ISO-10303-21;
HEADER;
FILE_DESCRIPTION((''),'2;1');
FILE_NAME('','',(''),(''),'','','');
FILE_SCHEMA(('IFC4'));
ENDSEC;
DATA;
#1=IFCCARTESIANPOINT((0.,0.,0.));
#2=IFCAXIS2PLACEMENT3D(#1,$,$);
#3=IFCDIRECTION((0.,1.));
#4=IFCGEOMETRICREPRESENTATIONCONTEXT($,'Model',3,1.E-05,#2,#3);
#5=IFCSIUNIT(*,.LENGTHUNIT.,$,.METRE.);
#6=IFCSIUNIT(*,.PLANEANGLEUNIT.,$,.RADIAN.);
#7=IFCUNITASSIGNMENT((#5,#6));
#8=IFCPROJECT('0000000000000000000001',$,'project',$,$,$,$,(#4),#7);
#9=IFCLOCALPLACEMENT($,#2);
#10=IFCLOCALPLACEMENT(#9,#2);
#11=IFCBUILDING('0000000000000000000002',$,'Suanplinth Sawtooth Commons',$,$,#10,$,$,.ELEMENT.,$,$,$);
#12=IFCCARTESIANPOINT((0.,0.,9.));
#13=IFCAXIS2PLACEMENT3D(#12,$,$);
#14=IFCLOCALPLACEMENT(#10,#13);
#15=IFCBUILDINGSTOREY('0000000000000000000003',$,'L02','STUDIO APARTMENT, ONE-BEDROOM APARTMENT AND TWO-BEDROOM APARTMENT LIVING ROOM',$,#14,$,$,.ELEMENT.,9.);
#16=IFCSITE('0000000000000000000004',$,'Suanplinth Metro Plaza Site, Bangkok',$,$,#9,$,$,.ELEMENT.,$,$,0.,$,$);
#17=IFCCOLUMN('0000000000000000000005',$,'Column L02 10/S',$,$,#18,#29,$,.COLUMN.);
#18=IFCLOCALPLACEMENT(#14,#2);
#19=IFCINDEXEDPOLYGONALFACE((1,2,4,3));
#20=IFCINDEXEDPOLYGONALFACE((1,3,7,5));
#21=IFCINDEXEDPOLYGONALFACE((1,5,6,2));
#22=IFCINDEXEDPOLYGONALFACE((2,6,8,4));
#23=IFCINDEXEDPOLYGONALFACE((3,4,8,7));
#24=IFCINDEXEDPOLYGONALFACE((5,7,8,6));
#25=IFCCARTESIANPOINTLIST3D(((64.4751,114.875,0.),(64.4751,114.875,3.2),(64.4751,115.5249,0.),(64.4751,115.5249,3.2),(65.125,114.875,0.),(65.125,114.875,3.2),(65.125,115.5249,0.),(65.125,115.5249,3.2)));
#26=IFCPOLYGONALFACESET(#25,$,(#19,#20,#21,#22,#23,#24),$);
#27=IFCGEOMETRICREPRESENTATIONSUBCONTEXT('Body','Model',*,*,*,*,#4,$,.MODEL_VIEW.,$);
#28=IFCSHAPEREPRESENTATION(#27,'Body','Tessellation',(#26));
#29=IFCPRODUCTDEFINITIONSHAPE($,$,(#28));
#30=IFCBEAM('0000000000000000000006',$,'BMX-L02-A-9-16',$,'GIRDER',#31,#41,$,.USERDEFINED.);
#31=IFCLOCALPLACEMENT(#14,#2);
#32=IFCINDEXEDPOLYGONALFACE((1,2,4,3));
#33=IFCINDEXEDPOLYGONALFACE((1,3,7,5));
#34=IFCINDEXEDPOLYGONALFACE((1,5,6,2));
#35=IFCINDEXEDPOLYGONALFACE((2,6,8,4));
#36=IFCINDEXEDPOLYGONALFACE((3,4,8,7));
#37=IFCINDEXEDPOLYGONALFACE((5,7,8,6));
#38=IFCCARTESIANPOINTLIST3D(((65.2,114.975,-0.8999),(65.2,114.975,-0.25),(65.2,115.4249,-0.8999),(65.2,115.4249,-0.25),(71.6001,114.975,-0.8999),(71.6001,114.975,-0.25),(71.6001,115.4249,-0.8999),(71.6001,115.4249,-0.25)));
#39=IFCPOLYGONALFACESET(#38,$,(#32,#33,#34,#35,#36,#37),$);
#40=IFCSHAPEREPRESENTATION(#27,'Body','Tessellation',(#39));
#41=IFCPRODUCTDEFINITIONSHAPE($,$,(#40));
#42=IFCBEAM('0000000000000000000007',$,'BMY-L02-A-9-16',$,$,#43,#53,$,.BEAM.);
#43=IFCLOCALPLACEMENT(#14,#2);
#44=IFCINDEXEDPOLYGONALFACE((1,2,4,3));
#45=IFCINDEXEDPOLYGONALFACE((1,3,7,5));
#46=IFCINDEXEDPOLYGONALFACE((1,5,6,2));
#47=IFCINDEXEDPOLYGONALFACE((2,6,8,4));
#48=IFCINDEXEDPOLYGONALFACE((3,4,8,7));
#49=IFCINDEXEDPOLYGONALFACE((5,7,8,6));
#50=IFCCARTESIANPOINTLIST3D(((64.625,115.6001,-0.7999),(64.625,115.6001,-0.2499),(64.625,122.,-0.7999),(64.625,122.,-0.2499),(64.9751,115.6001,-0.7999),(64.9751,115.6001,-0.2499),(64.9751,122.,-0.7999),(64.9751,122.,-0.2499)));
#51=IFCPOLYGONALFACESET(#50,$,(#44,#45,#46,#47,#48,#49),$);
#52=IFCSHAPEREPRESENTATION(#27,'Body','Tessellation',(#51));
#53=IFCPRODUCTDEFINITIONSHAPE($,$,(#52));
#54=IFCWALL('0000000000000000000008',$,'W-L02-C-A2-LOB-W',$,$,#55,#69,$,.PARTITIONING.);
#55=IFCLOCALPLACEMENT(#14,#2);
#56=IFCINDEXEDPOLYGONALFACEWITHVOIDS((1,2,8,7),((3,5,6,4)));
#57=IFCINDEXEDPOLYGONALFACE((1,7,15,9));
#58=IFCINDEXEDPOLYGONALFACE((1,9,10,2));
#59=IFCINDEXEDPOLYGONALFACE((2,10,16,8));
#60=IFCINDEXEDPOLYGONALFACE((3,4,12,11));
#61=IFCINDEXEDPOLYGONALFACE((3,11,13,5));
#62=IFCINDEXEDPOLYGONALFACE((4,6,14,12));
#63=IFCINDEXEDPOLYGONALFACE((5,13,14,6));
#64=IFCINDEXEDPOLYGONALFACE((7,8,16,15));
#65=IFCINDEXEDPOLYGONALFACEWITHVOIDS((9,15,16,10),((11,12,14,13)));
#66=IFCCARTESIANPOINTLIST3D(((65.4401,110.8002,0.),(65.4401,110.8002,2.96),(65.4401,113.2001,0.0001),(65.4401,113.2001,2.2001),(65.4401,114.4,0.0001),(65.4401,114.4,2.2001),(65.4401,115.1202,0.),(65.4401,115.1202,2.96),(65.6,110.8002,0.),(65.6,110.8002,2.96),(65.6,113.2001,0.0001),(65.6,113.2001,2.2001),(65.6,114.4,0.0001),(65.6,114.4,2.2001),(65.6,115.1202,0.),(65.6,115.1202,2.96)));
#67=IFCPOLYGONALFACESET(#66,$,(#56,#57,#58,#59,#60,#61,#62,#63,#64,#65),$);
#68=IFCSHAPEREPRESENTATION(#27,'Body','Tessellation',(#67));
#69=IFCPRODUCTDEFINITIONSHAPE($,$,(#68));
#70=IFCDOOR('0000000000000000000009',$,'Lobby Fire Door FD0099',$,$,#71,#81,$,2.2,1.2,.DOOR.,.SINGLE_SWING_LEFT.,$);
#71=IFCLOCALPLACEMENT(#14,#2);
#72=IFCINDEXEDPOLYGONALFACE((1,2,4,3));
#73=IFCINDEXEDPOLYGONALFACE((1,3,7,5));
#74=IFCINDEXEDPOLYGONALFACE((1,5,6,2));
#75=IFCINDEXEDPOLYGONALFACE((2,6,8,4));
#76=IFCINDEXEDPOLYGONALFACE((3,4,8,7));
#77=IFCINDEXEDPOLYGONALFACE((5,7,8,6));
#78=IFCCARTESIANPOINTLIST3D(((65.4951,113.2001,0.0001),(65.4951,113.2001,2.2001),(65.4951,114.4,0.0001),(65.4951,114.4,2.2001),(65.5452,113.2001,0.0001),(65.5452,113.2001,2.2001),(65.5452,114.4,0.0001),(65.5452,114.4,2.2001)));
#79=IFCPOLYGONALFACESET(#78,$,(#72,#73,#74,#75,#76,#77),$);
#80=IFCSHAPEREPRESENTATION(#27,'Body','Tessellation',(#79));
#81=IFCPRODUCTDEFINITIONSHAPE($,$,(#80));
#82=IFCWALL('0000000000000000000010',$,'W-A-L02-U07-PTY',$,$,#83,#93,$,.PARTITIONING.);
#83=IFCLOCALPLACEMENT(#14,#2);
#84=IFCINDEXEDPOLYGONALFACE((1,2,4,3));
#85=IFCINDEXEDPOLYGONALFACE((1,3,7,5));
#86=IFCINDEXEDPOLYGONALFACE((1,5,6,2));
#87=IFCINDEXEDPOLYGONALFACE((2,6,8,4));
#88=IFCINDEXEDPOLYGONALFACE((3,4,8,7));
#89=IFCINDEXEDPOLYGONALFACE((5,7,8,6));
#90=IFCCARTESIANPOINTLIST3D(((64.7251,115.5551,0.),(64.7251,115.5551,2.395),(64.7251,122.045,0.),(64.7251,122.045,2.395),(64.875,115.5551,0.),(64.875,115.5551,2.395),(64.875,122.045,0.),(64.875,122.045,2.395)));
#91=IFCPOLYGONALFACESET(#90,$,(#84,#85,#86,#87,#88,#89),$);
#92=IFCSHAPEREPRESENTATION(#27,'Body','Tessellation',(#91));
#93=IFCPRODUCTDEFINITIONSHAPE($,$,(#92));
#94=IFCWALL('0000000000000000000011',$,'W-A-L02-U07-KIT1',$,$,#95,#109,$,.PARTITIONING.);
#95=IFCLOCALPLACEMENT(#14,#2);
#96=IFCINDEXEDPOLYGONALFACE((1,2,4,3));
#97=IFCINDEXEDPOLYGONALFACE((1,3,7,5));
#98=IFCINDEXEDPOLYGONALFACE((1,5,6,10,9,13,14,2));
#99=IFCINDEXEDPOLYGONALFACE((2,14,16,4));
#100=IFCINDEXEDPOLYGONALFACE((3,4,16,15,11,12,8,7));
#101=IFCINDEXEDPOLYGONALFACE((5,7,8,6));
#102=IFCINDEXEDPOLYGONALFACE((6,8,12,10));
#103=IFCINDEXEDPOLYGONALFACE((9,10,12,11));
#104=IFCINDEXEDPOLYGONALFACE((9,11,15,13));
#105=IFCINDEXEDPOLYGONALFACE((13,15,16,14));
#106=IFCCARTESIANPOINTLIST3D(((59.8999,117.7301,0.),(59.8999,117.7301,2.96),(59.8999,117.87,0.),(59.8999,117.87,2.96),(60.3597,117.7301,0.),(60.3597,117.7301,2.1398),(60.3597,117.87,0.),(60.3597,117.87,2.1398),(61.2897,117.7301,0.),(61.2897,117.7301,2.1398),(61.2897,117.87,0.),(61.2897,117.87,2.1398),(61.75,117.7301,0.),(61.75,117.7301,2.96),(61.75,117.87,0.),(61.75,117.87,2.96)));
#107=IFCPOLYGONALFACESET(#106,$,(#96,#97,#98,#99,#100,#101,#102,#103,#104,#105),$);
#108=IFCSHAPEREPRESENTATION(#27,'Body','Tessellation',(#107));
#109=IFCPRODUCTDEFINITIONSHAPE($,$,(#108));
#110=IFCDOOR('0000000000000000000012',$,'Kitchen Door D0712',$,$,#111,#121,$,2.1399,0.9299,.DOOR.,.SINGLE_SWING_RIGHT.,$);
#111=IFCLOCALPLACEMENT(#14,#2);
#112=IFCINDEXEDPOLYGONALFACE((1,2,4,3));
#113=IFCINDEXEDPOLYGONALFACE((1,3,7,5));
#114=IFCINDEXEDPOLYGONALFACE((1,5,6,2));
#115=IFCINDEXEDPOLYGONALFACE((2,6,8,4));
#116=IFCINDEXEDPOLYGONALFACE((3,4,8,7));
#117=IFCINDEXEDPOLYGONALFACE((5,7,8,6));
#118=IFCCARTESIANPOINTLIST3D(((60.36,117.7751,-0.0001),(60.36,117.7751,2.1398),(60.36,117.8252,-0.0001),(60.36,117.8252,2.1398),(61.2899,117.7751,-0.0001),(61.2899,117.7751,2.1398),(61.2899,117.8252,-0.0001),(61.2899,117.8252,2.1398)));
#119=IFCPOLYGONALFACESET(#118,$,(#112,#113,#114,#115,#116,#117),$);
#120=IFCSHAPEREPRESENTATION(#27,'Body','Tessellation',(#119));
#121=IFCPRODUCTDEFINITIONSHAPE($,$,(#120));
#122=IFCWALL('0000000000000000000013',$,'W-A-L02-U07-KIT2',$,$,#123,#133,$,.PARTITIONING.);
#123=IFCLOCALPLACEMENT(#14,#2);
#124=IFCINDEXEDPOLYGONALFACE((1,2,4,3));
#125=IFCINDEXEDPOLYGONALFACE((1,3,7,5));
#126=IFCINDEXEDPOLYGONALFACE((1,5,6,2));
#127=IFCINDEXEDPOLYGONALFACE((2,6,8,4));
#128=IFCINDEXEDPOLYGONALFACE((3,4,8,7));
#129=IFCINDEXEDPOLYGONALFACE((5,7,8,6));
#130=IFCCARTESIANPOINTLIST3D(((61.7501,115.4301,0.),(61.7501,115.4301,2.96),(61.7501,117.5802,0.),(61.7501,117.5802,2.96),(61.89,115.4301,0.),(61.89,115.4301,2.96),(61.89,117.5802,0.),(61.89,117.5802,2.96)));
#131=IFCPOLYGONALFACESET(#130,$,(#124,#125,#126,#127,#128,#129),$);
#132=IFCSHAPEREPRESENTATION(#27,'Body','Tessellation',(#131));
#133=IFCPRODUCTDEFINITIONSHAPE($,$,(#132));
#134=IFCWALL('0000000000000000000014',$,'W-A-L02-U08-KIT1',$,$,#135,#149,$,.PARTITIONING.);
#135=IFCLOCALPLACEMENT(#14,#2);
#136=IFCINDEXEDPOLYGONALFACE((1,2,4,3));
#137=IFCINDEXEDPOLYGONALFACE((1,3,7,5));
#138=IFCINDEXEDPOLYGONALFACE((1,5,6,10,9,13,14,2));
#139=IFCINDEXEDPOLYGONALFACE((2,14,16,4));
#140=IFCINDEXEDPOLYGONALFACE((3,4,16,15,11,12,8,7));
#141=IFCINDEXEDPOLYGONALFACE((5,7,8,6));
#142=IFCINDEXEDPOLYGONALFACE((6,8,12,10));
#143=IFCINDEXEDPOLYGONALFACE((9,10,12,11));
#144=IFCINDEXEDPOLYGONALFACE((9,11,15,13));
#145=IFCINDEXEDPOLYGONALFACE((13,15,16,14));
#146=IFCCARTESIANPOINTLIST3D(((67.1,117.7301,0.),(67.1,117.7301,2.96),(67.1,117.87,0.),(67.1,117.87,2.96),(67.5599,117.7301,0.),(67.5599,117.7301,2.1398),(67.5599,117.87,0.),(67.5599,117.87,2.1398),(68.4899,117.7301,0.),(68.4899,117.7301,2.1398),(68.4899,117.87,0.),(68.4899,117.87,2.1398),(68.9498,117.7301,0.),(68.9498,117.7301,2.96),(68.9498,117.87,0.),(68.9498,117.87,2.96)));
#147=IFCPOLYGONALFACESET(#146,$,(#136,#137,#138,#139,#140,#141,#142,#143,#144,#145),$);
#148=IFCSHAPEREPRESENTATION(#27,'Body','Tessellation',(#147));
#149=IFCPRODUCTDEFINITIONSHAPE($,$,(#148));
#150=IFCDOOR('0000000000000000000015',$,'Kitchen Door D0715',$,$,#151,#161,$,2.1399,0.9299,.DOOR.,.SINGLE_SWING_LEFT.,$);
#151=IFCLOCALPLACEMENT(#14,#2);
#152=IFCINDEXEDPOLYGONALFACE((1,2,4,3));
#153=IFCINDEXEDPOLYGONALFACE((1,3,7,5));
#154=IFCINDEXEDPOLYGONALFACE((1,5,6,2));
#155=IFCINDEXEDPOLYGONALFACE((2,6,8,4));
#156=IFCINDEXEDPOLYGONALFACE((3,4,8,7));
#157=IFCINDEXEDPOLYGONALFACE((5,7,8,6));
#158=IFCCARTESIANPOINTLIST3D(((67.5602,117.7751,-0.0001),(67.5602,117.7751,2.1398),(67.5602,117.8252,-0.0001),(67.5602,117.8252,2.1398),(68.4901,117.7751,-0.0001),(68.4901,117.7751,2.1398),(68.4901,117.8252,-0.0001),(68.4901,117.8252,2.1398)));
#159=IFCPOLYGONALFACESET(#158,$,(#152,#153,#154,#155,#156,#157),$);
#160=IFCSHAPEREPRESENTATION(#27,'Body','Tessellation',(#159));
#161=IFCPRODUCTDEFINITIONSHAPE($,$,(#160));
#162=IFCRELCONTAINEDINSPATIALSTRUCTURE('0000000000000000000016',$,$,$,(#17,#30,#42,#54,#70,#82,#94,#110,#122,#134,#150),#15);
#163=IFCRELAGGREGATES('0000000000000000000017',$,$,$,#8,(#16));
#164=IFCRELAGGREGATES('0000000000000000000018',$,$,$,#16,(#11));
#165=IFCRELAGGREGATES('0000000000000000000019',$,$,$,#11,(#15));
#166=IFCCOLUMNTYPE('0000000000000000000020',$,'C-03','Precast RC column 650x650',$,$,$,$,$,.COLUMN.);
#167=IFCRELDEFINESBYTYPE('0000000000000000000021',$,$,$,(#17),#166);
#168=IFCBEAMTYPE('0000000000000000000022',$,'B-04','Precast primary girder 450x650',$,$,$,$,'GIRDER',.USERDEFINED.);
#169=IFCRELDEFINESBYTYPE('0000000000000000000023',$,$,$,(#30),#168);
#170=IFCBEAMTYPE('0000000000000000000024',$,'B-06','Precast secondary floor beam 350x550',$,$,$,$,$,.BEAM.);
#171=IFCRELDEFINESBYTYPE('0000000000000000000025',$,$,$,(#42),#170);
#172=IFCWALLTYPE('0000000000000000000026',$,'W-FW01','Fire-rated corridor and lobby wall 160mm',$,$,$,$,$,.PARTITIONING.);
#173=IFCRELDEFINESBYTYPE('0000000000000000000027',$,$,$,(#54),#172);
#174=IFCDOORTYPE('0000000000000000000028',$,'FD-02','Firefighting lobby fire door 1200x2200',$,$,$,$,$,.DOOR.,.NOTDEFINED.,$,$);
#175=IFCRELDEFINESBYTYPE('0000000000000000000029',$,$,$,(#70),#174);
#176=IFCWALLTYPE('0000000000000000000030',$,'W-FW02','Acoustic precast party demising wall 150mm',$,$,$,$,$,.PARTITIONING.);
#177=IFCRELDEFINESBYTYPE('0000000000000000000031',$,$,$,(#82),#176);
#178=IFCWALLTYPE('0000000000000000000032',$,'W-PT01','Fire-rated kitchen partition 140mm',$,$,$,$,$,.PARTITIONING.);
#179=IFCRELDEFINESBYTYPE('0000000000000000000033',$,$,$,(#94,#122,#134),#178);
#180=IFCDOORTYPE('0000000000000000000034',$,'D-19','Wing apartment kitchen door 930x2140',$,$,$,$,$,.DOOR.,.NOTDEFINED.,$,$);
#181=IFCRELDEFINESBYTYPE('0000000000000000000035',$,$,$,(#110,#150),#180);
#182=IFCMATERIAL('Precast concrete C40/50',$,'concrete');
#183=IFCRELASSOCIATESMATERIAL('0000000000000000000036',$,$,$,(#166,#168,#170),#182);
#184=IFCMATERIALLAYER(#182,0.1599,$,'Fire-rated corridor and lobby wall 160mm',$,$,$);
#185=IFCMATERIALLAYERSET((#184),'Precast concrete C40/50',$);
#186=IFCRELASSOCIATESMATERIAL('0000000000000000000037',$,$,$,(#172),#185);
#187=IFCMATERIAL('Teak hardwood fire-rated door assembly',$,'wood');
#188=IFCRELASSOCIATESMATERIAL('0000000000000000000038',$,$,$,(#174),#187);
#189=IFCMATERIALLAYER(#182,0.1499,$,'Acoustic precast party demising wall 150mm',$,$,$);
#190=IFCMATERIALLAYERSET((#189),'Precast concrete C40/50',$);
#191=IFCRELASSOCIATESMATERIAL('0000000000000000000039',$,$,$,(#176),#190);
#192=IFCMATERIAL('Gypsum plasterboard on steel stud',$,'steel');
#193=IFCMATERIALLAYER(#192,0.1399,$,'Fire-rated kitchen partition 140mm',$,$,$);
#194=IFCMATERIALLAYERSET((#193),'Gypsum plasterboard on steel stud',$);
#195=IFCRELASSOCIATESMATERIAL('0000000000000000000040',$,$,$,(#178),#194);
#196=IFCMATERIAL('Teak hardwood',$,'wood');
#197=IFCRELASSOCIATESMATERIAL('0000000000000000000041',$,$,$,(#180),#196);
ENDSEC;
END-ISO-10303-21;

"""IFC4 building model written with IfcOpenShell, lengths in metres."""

from ifc_helpers import new_model, si_unit, direction, frame, frame_2d, origin, origin_2d, place, context, subcontext, project, spatial, rectangle, extrude, material, layer, layer_set, material_profile, profile_set, type_object, element, fill, save


model = new_model("IFC4")

# Units and contexts
model_context = context("Model", 3, precision=1e-05, world=origin(), true_north=direction((0.0, 1.0)))
body_context = subcontext(model_context, "Body", "Model", "MODEL_VIEW")
ifc_project = project(units=[si_unit("LENGTHUNIT", "METRE"), si_unit("PLANEANGLEUNIT", "RADIAN")], contexts=[model_context])

# Site, building, storey
site_placement = place(None, origin())
site = spatial("IfcSite", under=ifc_project, at=site_placement, Name="Suanplinth Metro Plaza Site, Bangkok", CompositionType="ELEMENT", RefElevation=0.0)
building_placement = place(site_placement, origin())
building = spatial("IfcBuilding", under=site, at=building_placement, Name="Suanplinth Sawtooth Commons", CompositionType="ELEMENT")
storey_placement = place(building_placement, frame((0.0, 0.0, 9.0)))
storey = spatial("IfcBuildingStorey", under=building, at=storey_placement, Name="L02", Description="STUDIO APARTMENT, ONE-BEDROOM APARTMENT AND TWO-BEDROOM APARTMENT LIVING ROOM", CompositionType="ELEMENT", Elevation=9.0)

# Column
ifc_material_1 = material(Name="Precast concrete C40/50", Category="concrete")
ifc_material_profile_1 = material_profile(ifc_material_1, rectangle(XDim=0.6499, YDim=0.6499, at=origin_2d()), Name="PC-COL 650x650")
ifc_profile_set_1 = profile_set([ifc_material_profile_1], Name="Precast concrete C40/50")
column_type = type_object("IfcColumnType", Name="C-03", Description="Precast RC column 650x650", PredefinedType="COLUMN", material=ifc_profile_set_1)
column_placement = place(storey_placement, frame((64.8, 115.2, 0.0), z_axis=(0.0, 0.0, 1.0), x_axis=(1.0, 0.0, 0.0)))
element("IfcColumn", 1, at=column_placement, inside=storey, type_object=column_type, Name="Column L02 10/S", PredefinedType="COLUMN", context=body_context, shape_type="SweptSolid", body=[
    extrude(rectangle(XDim=0.6499, YDim=0.6499, at=origin_2d()), origin(), (0.0, 0.0, 1.0), 3.2),
])

# Beams
ifc_material_profile_2 = material_profile(ifc_material_1, rectangle(XDim=0.45, YDim=0.6499, at=origin_2d()), Name="PC-GDR 450x650")
ifc_profile_set_2 = profile_set([ifc_material_profile_2], Name="Precast concrete C40/50")
beam_type_1 = type_object("IfcBeamType", Name="B-04", Description="Precast primary girder 450x650", ElementType="GIRDER", PredefinedType="USERDEFINED", material=ifc_profile_set_2)
beam_1_placement = place(storey_placement, frame((65.2, 115.2, -0.575), z_axis=(1.0, 0.0, 0.0), x_axis=(0.0, 1.0, 0.0)))
element("IfcBeam", 2, at=beam_1_placement, inside=storey, type_object=beam_type_1, Name="BMX-L02-A-9-16", ObjectType="GIRDER", PredefinedType="USERDEFINED", context=body_context, shape_type="SweptSolid", body=[
    extrude(rectangle(XDim=0.45, YDim=0.6499, at=origin_2d()), origin(), (0.0, 0.0, 1.0), 6.4001),
])
ifc_material_profile_3 = material_profile(ifc_material_1, rectangle(XDim=0.3501, YDim=0.55, at=origin_2d()), Name="PC-BM 350x550")
ifc_profile_set_3 = profile_set([ifc_material_profile_3], Name="Precast concrete C40/50")
beam_type_2 = type_object("IfcBeamType", Name="B-06", Description="Precast secondary floor beam 350x550", PredefinedType="BEAM", material=ifc_profile_set_3)
beam_2_placement = place(storey_placement, frame((64.8, 115.6001, -0.5249), z_axis=(0.0, 1.0, 0.0), x_axis=(-1.0, 0.0, 0.0)))
element("IfcBeam", 3, at=beam_2_placement, inside=storey, type_object=beam_type_2, Name="BMY-L02-A-9-16", PredefinedType="BEAM", context=body_context, shape_type="SweptSolid", body=[
    extrude(rectangle(XDim=0.3501, YDim=0.55, at=origin_2d()), origin(), (0.0, 0.0, 1.0), 6.3999),
])

# Wall, opening, door
ifc_layer_1 = layer(ifc_material_1, 0.1599, Name="Fire-rated corridor and lobby wall 160mm")
ifc_layer_set_1 = layer_set([ifc_layer_1], Name="Precast concrete C40/50")
wall_type_1 = type_object("IfcWallType", Name="W-FW01", Description="Fire-rated corridor and lobby wall 160mm", PredefinedType="PARTITIONING", material=ifc_layer_set_1)
wall_1_placement = place(storey_placement, frame((65.52, 110.8, 0.0), z_axis=(0.0, 0.0, 1.0), x_axis=(0.0, 1.0, 0.0)))
wall_1 = element("IfcWall", 4, at=wall_1_placement, inside=storey, type_object=wall_type_1, Name="W-L02-C-A2-LOB-W", PredefinedType="PARTITIONING", context=body_context, shape_type="SweptSolid", body=[
    extrude(rectangle(XDim=4.3201, YDim=0.1599, at=frame_2d((2.1602, 0.0))), origin(), (0.0, 0.0, 1.0), 2.96),
])
opening_1_placement = place(wall_1_placement, frame((2.3999, 0.0, 0.0)))
opening_1 = element("IfcOpeningElement", 5, at=opening_1_placement, cuts=wall_1, PredefinedType="OPENING", context=body_context, shape_type="SweptSolid", body=[
    extrude(rectangle(XDim=1.2, YDim=2.2, at=frame_2d((0.6001, 1.1001))), frame((0.0, 0.0947, 0.0), z_axis=(0.0, -1.0, 0.0), x_axis=(1.0, 0.0, 0.0)), (0.0, 0.0, 1.0), 0.1897),
])
ifc_material_2 = material(Name="Teak hardwood fire-rated door assembly", Category="wood")
door_type_1 = type_object("IfcDoorType", Name="FD-02", Description="Firefighting lobby fire door 1200x2200", OperationType="NOTDEFINED", PredefinedType="DOOR", material=ifc_material_2)
door_1_placement = place(opening_1_placement, origin())
door_1 = element("IfcDoor", 6, at=door_1_placement, inside=storey, type_object=door_type_1, Name="Lobby Fire Door FD0099", OperationType="SINGLE_SWING_LEFT", OverallHeight=2.2, OverallWidth=1.2, PredefinedType="DOOR", context=body_context, shape_type="SweptSolid", body=[
    extrude(rectangle(XDim=1.2, YDim=2.2, at=frame_2d((0.6001, 1.1001))), frame((0.0, 0.0249, 0.0), z_axis=(0.0, -1.0, 0.0), x_axis=(1.0, 0.0, 0.0)), (0.0, 0.0, 1.0), 0.05),
])
fill(opening_1, door_1)

# Wall
ifc_layer_2 = layer(ifc_material_1, 0.1499, Name="Acoustic precast party demising wall 150mm")
ifc_layer_set_2 = layer_set([ifc_layer_2], Name="Precast concrete C40/50")
wall_type_2 = type_object("IfcWallType", Name="W-FW02", Description="Acoustic precast party demising wall 150mm", PredefinedType="PARTITIONING", material=ifc_layer_set_2)
wall_2_placement = place(storey_placement, frame((64.8, 115.5549, 0.0), z_axis=(0.0, 0.0, 1.0), x_axis=(0.0, 1.0, 0.0)))
element("IfcWall", 7, at=wall_2_placement, inside=storey, type_object=wall_type_2, Name="W-A-L02-U07-PTY", PredefinedType="PARTITIONING", context=body_context, shape_type="SweptSolid", body=[
    extrude(rectangle(XDim=6.49, YDim=0.1499, at=frame_2d((3.2451, 0.0))), origin(), (0.0, 0.0, 1.0), 2.395),
])

# Wall, opening, door
ifc_material_3 = material(Name="Gypsum plasterboard on steel stud", Category="steel")
ifc_layer_3 = layer(ifc_material_3, 0.1399, Name="Fire-rated kitchen partition 140mm")
ifc_layer_set_3 = layer_set([ifc_layer_3], Name="Gypsum plasterboard on steel stud")
wall_type_3 = type_object("IfcWallType", Name="W-PT01", Description="Fire-rated kitchen partition 140mm", PredefinedType="PARTITIONING", material=ifc_layer_set_3)
wall_3_placement = place(storey_placement, frame((59.8999, 117.8, 0.0), z_axis=(0.0, 0.0, 1.0), x_axis=(1.0, 0.0, 0.0)))
wall_3 = element("IfcWall", 8, at=wall_3_placement, inside=storey, type_object=wall_type_3, Name="W-A-L02-U07-KIT1", PredefinedType="PARTITIONING", context=body_context, shape_type="SweptSolid", body=[
    extrude(rectangle(XDim=1.8501, YDim=0.1399, at=frame_2d((0.925, 0.0))), origin(), (0.0, 0.0, 1.0), 2.96),
])
opening_2_placement = place(wall_3_placement, frame((0.46, 0.0, 0.0)))
opening_2 = element("IfcOpeningElement", 9, at=opening_2_placement, cuts=wall_3, PredefinedType="OPENING", context=body_context, shape_type="SweptSolid", body=[
    extrude(rectangle(XDim=0.9299, YDim=2.1399, at=frame_2d((0.4648, 1.0698))), frame((0.0, 0.085, 0.0), z_axis=(0.0, -1.0, 0.0), x_axis=(1.0, 0.0, 0.0)), (0.0, 0.0, 1.0), 0.1697),
])
ifc_material_4 = material(Name="Teak hardwood", Category="wood")
door_type_2 = type_object("IfcDoorType", Name="D-19", Description="Wing apartment kitchen door 930x2140", OperationType="NOTDEFINED", PredefinedType="DOOR", material=ifc_material_4)
door_2_placement = place(opening_2_placement, frame((0.9299, 0.0, 0.0), z_axis=(0.0, 0.0, 1.0), x_axis=(-1.0, 0.0, 0.0)))
door_2 = element("IfcDoor", 10, at=door_2_placement, inside=storey, type_object=door_type_2, Name="Kitchen Door D0712", OperationType="SINGLE_SWING_RIGHT", OverallHeight=2.1399, OverallWidth=0.9299, PredefinedType="DOOR", context=body_context, shape_type="SweptSolid", body=[
    extrude(rectangle(XDim=0.9299, YDim=2.1399, at=frame_2d((0.4648, 1.0698))), frame((0.0, 0.0249, 0.0), z_axis=(0.0, -1.0, 0.0), x_axis=(1.0, 0.0, 0.0)), (0.0, 0.0, 1.0), 0.05),
])
fill(opening_2, door_2)

# Wall
wall_4_placement = place(storey_placement, frame((61.8201, 115.4299, 0.0), z_axis=(0.0, 0.0, 1.0), x_axis=(0.0, 1.0, 0.0)))
element("IfcWall", 11, at=wall_4_placement, inside=storey, type_object=wall_type_3, Name="W-A-L02-U07-KIT2", PredefinedType="PARTITIONING", context=body_context, shape_type="SweptSolid", body=[
    extrude(rectangle(XDim=2.1501, YDim=0.1399, at=frame_2d((1.0752, 0.0))), origin(), (0.0, 0.0, 1.0), 2.96),
])

# Wall, opening, door
wall_5_placement = place(storey_placement, frame((67.1001, 117.8, 0.0), z_axis=(0.0, 0.0, 1.0), x_axis=(1.0, 0.0, 0.0)))
wall_5 = element("IfcWall", 12, at=wall_5_placement, inside=storey, type_object=wall_type_3, Name="W-A-L02-U08-KIT1", PredefinedType="PARTITIONING", context=body_context, shape_type="SweptSolid", body=[
    extrude(rectangle(XDim=1.8499, YDim=0.1399, at=frame_2d((0.9248, 0.0))), origin(), (0.0, 0.0, 1.0), 2.96),
])
opening_3_placement = place(wall_5_placement, frame((0.46, 0.0, 0.0)))
opening_3 = element("IfcOpeningElement", 13, at=opening_3_placement, cuts=wall_5, PredefinedType="OPENING", context=body_context, shape_type="SweptSolid", body=[
    extrude(rectangle(XDim=0.9299, YDim=2.1399, at=frame_2d((0.4648, 1.0698))), frame((0.0, 0.085, 0.0), z_axis=(0.0, -1.0, 0.0), x_axis=(1.0, 0.0, 0.0)), (0.0, 0.0, 1.0), 0.1697),
])
door_3_placement = place(opening_3_placement, frame((0.9299, 0.0, 0.0), z_axis=(0.0, 0.0, 1.0), x_axis=(-1.0, 0.0, 0.0)))
door_3 = element("IfcDoor", 14, at=door_3_placement, inside=storey, type_object=door_type_2, Name="Kitchen Door D0715", OperationType="SINGLE_SWING_LEFT", OverallHeight=2.1399, OverallWidth=0.9299, PredefinedType="DOOR", context=body_context, shape_type="SweptSolid", body=[
    extrude(rectangle(XDim=0.9299, YDim=2.1399, at=frame_2d((0.4648, 1.0698))), frame((0.0, 0.0249, 0.0), z_axis=(0.0, -1.0, 0.0), x_axis=(1.0, 0.0, 0.0)), (0.0, 0.0, 1.0), 0.05),
])
fill(opening_3, door_3)

save(model, "model.ifc")
